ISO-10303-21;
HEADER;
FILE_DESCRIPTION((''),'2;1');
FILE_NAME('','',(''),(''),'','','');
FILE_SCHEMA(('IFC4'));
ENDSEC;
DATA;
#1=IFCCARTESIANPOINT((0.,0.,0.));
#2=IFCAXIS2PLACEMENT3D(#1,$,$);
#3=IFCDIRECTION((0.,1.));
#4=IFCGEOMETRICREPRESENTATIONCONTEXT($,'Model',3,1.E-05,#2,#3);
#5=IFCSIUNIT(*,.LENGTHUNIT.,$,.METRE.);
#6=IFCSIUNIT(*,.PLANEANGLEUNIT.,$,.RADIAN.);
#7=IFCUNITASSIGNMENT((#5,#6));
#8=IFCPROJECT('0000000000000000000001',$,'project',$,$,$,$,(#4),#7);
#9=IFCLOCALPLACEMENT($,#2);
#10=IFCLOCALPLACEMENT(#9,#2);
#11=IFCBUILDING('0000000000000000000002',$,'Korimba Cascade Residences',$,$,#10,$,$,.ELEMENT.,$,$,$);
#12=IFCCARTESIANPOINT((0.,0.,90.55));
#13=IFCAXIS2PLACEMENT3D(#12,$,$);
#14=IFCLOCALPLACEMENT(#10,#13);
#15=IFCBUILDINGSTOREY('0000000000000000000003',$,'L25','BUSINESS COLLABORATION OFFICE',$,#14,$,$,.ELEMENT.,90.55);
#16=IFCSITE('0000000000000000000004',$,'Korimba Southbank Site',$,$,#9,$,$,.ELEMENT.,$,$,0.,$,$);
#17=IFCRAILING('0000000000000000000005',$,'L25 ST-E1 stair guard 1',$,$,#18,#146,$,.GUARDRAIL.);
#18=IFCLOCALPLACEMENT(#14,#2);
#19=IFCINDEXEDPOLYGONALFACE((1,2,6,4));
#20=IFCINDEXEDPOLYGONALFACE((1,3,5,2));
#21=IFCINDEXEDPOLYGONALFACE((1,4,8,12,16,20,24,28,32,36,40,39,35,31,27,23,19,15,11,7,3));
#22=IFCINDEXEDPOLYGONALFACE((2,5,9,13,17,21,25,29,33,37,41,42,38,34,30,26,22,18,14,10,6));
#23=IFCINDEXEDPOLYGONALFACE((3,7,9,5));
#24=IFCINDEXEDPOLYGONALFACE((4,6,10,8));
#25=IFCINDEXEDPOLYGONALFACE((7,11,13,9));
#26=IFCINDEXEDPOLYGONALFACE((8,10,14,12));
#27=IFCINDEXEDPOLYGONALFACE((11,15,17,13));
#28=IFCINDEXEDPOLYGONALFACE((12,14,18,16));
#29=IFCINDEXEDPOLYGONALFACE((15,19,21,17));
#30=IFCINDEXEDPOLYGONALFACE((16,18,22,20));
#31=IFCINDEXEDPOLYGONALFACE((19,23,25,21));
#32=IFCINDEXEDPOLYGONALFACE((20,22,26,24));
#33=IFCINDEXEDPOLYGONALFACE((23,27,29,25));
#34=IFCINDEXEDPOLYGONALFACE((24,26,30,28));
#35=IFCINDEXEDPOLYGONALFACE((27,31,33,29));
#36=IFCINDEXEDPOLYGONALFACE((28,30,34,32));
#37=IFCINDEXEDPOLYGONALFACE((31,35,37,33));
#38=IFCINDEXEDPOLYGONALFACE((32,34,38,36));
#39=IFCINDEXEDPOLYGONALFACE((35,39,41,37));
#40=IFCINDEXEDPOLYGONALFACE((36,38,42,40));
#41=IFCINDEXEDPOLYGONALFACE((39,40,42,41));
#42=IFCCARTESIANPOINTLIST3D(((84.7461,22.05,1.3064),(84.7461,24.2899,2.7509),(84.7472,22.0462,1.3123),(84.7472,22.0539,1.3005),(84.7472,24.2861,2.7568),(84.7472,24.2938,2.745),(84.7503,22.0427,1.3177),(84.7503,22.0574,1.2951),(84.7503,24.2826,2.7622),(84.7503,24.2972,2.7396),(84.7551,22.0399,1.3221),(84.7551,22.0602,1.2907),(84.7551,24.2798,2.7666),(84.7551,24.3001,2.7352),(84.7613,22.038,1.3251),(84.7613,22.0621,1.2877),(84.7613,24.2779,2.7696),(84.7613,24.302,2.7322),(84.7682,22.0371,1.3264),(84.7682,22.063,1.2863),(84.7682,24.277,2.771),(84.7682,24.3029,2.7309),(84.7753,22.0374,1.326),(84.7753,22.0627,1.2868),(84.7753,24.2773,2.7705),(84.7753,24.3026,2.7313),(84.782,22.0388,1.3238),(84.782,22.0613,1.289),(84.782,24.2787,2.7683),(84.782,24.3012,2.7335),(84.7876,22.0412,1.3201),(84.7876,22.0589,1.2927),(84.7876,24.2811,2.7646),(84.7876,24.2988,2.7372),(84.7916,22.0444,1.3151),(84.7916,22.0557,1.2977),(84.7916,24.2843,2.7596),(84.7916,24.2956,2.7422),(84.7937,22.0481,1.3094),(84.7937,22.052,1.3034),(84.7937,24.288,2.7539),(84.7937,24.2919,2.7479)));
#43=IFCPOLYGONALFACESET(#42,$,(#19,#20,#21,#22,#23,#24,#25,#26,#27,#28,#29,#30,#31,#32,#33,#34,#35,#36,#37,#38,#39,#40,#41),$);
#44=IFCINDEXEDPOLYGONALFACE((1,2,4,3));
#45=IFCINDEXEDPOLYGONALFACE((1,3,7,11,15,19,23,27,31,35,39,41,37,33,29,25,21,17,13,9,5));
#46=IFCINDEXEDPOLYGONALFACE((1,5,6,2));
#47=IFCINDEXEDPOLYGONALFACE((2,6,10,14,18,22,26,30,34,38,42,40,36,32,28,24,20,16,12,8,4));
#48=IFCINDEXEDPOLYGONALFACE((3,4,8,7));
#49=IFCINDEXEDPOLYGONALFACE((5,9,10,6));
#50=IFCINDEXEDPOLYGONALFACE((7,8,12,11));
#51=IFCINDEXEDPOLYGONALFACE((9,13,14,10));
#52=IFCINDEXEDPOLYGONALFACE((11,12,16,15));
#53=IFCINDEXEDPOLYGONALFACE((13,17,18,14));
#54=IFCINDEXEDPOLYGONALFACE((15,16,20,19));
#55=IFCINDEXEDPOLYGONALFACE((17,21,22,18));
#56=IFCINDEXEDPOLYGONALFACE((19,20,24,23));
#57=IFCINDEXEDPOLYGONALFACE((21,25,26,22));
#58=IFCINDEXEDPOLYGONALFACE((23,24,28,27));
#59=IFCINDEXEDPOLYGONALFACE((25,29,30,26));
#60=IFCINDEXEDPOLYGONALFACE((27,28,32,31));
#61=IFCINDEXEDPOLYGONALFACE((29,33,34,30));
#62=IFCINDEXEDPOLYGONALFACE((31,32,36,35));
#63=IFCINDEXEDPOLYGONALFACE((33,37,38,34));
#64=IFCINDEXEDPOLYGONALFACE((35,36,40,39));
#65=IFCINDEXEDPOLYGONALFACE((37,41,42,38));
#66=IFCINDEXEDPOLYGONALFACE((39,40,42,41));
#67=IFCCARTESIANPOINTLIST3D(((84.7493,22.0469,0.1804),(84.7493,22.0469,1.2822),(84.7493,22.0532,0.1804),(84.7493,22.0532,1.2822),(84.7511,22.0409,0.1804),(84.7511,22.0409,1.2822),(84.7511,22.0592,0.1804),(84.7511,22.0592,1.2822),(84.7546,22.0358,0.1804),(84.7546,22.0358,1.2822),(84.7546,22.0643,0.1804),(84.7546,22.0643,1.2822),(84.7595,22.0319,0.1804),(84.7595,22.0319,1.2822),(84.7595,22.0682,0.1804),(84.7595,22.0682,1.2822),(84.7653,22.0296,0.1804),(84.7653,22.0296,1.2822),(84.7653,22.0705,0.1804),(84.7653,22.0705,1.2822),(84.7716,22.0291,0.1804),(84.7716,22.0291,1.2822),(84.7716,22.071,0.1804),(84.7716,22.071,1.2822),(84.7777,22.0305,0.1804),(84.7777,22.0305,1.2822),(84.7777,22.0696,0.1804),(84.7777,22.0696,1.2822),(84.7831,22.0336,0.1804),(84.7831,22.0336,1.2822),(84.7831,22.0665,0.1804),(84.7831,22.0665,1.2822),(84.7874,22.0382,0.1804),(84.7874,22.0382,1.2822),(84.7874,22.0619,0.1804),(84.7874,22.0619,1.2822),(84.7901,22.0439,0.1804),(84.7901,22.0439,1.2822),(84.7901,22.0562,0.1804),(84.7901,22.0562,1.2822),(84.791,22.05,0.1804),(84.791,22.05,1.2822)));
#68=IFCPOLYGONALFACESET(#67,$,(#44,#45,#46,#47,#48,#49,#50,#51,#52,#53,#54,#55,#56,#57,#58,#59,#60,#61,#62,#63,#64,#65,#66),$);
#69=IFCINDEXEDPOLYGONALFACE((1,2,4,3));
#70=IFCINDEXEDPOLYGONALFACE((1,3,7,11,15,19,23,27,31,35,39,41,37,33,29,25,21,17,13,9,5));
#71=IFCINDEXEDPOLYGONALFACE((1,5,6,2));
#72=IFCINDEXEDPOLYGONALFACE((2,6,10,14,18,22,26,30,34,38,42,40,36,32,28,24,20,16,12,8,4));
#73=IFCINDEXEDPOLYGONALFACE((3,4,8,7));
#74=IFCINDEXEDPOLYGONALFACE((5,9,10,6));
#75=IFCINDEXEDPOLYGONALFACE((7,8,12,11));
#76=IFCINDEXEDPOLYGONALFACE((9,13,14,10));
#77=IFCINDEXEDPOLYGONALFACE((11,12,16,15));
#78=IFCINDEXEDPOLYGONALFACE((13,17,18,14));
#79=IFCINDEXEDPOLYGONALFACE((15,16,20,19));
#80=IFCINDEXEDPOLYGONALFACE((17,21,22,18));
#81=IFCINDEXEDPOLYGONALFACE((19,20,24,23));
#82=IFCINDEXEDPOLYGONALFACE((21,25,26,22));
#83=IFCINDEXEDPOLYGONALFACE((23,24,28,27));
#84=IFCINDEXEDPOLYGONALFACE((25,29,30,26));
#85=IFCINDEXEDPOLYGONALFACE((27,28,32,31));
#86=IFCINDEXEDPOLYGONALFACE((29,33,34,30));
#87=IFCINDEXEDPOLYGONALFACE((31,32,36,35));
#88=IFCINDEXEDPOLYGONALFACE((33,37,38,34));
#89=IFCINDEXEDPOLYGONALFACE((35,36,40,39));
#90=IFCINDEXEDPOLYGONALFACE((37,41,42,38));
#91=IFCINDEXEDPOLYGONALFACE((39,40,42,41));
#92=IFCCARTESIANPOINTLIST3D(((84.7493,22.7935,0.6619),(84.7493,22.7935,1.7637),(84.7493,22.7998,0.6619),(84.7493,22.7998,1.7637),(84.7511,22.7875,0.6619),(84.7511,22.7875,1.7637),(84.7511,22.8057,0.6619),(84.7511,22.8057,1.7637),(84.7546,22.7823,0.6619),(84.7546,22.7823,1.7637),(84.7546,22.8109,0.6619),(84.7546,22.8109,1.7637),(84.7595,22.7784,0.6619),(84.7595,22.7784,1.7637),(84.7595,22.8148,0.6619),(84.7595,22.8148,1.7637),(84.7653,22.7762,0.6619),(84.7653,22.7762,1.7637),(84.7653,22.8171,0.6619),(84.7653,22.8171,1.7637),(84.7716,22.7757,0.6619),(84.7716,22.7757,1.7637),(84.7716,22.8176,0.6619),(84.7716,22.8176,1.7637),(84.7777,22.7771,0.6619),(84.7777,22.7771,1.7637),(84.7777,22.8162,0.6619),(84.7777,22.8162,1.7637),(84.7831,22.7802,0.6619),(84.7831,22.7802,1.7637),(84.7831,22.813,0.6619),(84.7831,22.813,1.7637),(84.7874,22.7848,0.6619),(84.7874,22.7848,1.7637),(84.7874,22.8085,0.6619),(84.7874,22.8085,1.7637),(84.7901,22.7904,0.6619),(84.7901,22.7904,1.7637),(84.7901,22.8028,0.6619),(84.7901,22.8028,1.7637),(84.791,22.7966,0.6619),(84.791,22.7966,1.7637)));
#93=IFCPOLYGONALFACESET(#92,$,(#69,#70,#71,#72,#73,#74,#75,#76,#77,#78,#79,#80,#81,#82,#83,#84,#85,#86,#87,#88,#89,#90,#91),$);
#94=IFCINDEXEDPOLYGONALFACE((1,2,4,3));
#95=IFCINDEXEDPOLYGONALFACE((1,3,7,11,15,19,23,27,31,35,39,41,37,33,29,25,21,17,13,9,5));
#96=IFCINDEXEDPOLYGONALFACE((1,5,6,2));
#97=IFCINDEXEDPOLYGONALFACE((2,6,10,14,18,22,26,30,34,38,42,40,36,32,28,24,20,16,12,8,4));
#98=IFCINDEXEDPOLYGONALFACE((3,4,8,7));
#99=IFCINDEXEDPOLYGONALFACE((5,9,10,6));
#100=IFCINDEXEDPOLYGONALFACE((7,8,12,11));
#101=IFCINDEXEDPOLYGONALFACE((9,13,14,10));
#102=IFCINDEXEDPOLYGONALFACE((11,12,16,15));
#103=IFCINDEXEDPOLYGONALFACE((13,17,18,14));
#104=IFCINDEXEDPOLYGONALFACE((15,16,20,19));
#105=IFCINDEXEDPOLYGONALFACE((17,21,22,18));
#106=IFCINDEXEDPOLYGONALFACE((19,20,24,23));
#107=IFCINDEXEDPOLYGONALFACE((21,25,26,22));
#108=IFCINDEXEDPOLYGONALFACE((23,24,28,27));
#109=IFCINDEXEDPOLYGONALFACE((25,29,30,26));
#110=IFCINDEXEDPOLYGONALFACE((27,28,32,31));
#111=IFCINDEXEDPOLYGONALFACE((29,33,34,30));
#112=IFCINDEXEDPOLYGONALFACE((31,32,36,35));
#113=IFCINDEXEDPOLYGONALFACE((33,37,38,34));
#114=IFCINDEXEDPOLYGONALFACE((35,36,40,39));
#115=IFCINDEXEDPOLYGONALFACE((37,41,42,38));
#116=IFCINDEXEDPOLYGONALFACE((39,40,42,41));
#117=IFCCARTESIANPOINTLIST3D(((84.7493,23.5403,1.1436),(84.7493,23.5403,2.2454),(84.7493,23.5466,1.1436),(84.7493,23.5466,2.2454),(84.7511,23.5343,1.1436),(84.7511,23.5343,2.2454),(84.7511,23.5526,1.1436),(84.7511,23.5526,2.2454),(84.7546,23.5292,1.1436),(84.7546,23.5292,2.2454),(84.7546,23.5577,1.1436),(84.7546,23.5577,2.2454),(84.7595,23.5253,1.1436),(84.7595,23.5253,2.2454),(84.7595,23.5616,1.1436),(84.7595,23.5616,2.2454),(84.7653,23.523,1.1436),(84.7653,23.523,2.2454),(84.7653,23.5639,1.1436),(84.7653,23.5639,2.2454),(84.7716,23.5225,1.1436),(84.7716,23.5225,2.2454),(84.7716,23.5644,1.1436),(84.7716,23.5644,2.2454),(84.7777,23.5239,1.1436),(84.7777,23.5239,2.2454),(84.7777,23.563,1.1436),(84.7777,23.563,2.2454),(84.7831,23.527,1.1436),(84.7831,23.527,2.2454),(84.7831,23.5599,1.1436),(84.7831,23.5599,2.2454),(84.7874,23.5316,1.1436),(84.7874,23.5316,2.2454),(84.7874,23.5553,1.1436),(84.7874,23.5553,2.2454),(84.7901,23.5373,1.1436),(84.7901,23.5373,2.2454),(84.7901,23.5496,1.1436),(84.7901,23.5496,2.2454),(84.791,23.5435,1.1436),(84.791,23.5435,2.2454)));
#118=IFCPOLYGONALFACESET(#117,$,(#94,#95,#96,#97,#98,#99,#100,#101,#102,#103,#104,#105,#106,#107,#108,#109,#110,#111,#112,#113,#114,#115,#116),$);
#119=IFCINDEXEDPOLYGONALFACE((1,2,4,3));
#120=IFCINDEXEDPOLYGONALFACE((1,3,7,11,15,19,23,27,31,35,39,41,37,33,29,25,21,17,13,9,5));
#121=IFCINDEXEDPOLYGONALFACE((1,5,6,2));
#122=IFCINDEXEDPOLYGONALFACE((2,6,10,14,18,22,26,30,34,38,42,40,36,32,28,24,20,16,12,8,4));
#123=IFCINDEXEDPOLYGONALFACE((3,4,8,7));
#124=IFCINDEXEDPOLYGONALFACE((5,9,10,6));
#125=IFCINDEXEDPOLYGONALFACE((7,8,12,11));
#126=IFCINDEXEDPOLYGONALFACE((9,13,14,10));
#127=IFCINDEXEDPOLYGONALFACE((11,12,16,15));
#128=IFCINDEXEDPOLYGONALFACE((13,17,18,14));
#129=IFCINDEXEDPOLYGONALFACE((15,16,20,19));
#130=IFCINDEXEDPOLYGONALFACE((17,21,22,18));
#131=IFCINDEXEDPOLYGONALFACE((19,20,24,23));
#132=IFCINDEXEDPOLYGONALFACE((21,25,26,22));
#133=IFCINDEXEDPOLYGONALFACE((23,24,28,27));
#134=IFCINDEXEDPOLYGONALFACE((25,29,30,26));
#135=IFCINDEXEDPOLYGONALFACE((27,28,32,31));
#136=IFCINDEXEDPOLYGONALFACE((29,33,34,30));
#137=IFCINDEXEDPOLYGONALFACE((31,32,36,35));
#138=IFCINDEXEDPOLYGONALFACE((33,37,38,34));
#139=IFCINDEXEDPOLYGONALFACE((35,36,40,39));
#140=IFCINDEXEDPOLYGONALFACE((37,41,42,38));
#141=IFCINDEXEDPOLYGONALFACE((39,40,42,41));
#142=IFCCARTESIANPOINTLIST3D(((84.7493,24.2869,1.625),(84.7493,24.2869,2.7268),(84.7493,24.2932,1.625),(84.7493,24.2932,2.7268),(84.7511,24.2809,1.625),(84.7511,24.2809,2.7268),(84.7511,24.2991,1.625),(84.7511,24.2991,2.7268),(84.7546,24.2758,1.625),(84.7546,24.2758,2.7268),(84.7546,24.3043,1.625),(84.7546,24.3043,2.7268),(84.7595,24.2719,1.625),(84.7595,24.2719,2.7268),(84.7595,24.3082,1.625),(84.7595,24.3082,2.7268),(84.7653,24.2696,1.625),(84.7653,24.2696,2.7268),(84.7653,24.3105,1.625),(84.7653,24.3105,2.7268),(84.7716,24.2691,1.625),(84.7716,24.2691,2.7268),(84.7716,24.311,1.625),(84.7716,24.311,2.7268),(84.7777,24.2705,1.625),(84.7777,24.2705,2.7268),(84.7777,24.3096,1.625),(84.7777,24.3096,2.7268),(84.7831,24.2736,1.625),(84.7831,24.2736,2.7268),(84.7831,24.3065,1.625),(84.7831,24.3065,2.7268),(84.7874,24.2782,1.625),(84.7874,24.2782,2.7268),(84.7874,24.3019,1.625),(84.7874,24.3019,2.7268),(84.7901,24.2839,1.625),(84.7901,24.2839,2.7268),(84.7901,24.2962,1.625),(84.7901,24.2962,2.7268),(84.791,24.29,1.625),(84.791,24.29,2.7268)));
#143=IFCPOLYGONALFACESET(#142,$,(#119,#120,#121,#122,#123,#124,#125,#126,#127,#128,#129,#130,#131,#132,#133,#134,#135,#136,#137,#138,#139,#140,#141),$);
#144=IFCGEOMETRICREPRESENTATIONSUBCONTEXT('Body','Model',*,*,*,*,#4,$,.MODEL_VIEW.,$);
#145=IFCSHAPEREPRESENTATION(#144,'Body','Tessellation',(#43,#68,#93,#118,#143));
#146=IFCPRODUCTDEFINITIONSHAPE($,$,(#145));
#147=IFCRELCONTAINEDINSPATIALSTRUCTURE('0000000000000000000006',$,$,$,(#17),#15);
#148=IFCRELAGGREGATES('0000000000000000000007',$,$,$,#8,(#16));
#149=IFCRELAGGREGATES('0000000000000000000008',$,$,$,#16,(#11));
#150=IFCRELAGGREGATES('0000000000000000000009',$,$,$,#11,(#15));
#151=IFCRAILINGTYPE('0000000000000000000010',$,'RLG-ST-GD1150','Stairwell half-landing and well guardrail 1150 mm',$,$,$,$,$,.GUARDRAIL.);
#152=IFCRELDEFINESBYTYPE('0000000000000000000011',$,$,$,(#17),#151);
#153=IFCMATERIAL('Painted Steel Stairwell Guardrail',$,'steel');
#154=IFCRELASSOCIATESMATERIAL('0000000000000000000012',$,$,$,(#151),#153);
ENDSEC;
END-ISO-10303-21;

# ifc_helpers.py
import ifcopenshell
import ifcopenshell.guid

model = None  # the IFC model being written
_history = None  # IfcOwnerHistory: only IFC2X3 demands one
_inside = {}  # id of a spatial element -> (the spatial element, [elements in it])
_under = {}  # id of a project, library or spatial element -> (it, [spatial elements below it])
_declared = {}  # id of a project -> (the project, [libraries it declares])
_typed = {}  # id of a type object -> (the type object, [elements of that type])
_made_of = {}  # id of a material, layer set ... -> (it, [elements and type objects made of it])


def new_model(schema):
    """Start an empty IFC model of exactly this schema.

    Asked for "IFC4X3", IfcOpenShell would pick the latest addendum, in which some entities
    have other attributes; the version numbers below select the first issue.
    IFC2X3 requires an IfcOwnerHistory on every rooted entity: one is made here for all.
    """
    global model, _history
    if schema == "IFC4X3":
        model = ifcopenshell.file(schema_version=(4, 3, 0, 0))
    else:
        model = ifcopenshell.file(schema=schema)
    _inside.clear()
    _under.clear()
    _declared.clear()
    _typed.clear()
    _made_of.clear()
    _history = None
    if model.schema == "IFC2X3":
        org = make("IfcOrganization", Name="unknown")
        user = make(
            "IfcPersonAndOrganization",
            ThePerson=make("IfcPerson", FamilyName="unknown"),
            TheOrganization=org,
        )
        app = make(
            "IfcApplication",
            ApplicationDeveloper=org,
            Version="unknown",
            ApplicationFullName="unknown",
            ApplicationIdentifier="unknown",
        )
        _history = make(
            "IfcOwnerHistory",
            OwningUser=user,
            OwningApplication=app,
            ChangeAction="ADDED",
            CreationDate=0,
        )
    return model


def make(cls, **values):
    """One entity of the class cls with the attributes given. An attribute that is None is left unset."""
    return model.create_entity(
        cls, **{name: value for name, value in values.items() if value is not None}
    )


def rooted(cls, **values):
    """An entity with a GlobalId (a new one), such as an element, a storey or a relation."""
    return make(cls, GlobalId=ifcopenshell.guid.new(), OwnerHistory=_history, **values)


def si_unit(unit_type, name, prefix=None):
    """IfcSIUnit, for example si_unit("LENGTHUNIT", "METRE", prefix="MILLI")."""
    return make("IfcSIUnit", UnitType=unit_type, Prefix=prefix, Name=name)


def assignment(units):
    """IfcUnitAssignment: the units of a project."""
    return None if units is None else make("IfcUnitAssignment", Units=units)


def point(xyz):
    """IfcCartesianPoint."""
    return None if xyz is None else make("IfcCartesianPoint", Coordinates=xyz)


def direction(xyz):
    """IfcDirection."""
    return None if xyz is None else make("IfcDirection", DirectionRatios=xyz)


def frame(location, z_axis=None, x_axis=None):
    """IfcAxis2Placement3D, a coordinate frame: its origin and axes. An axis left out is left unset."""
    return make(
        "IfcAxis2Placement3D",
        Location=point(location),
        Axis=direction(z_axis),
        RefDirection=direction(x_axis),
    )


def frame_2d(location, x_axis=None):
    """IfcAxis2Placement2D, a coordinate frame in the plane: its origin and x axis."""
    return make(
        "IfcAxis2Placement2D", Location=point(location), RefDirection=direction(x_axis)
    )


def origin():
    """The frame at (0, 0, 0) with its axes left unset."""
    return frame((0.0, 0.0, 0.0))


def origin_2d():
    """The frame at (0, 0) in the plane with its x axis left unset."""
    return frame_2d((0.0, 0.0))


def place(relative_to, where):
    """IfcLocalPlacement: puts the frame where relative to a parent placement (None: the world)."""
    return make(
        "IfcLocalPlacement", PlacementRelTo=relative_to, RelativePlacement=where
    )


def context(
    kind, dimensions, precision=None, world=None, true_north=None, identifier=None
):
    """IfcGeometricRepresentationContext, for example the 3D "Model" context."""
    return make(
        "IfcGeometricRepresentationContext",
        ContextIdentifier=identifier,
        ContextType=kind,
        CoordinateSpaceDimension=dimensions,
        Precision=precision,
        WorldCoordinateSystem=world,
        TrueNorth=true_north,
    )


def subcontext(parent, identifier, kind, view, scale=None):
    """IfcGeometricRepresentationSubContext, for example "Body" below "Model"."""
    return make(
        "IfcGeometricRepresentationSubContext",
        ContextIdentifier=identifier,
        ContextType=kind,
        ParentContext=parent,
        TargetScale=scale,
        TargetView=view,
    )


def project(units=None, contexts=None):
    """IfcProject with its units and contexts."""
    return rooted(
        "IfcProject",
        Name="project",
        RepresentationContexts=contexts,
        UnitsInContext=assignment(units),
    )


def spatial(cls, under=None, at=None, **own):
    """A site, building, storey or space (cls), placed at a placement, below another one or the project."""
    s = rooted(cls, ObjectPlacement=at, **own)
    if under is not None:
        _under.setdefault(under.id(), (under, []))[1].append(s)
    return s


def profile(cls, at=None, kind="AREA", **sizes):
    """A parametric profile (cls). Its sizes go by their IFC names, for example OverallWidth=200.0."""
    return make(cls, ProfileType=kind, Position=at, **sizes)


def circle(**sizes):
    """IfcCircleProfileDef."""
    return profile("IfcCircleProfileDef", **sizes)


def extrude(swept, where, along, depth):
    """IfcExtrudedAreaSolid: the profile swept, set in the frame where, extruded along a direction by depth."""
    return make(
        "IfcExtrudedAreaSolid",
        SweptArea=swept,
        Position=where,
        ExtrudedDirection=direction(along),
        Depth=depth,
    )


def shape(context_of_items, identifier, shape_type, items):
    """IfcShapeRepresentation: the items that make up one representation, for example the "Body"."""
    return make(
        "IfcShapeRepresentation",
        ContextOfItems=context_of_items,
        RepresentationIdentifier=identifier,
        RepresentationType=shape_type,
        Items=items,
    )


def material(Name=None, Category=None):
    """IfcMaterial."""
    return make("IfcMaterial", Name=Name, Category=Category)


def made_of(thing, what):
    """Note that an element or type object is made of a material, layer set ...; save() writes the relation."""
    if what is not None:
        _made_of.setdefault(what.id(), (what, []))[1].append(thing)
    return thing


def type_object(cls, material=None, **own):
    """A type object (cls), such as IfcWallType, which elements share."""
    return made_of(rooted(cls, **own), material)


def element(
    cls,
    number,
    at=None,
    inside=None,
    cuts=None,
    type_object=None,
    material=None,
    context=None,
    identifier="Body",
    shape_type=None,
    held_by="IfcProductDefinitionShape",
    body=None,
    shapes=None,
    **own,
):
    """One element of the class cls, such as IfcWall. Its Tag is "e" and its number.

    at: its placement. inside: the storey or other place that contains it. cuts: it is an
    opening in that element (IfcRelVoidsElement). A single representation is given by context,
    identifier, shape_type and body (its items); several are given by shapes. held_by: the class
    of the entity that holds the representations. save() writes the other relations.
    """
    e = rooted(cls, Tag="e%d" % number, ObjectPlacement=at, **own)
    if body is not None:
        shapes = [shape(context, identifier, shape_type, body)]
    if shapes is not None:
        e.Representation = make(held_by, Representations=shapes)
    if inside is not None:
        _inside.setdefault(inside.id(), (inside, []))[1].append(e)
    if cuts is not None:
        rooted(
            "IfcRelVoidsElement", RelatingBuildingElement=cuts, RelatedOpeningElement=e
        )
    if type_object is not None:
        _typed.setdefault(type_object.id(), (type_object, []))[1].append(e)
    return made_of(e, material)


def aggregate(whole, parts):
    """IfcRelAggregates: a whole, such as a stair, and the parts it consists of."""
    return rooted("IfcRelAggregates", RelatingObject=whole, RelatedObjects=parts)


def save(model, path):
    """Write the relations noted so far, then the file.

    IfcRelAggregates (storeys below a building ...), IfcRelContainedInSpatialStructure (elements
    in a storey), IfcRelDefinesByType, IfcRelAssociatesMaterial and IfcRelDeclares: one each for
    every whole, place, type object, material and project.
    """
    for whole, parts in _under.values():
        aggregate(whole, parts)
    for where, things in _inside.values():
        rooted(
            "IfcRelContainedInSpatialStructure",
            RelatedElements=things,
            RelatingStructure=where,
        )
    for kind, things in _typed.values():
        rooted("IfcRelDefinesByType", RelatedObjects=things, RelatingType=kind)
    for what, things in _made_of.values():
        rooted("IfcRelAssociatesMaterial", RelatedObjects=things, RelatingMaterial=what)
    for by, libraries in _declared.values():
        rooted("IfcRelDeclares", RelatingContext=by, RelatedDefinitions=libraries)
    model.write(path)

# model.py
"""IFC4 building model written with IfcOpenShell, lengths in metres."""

from ifc_helpers import new_model, si_unit, direction, frame, origin, origin_2d, place, context, subcontext, project, spatial, circle, extrude, material, type_object, element, save


model = new_model("IFC4")

# Units and contexts
model_context = context("Model", 3, precision=1e-05, world=origin(), true_north=direction((0.0, 1.0)))
body_context = subcontext(model_context, "Body", "Model", "MODEL_VIEW")
ifc_project = project(units=[si_unit("LENGTHUNIT", "METRE"), si_unit("PLANEANGLEUNIT", "RADIAN")], contexts=[model_context])

# Site, building, storey
site_placement = place(None, origin())
site = spatial("IfcSite", under=ifc_project, at=site_placement, Name="Korimba Southbank Site", CompositionType="ELEMENT", RefElevation=0.0)
building_placement = place(site_placement, origin())
building = spatial("IfcBuilding", under=site, at=building_placement, Name="Korimba Cascade Residences", CompositionType="ELEMENT")
storey_placement = place(building_placement, frame((0.0, 0.0, 90.55)))
storey = spatial("IfcBuildingStorey", under=building, at=storey_placement, Name="L25", Description="BUSINESS COLLABORATION OFFICE", CompositionType="ELEMENT", Elevation=90.55)

# Railing
ifc_material_1 = material(Name="Painted Steel Stairwell Guardrail", Category="steel")
railing_type_1 = type_object("IfcRailingType", Name="RLG-ST-GD1150", Description="Stairwell half-landing and well guardrail 1150 mm", PredefinedType="GUARDRAIL", material=ifc_material_1)
railing_1_placement = place(storey_placement, frame((84.77, 22.05, 0.1804)))
element("IfcRailing", 1, at=railing_1_placement, inside=storey, type_object=railing_type_1, Name="L25 ST-E1 stair guard 1", PredefinedType="GUARDRAIL", context=body_context, shape_type="SweptSolid", body=[
    extrude(circle(Radius=0.0239, at=origin_2d()), frame((0.0, 0.0, 1.126), z_axis=(0.0, 0.840395, 0.541975), x_axis=(-1.0, 0.0, 0.0)), (0.0, 0.0, 1.0), 2.6653),
    extrude(circle(Radius=0.021, at=origin_2d()), origin(), (0.0, 0.0, 1.0), 1.1018),
    extrude(circle(Radius=0.021, at=origin_2d()), frame((0.0, 0.7466, 0.4814)), (0.0, 0.0, 1.0), 1.1018),
    extrude(circle(Radius=0.021, at=origin_2d()), frame((0.0, 1.4934, 0.9631)), (0.0, 0.0, 1.0), 1.1018),
    extrude(circle(Radius=0.021, at=origin_2d()), frame((0.0, 2.24, 1.4446)), (0.0, 0.0, 1.0), 1.1018),
])

save(model, "model.ifc")
